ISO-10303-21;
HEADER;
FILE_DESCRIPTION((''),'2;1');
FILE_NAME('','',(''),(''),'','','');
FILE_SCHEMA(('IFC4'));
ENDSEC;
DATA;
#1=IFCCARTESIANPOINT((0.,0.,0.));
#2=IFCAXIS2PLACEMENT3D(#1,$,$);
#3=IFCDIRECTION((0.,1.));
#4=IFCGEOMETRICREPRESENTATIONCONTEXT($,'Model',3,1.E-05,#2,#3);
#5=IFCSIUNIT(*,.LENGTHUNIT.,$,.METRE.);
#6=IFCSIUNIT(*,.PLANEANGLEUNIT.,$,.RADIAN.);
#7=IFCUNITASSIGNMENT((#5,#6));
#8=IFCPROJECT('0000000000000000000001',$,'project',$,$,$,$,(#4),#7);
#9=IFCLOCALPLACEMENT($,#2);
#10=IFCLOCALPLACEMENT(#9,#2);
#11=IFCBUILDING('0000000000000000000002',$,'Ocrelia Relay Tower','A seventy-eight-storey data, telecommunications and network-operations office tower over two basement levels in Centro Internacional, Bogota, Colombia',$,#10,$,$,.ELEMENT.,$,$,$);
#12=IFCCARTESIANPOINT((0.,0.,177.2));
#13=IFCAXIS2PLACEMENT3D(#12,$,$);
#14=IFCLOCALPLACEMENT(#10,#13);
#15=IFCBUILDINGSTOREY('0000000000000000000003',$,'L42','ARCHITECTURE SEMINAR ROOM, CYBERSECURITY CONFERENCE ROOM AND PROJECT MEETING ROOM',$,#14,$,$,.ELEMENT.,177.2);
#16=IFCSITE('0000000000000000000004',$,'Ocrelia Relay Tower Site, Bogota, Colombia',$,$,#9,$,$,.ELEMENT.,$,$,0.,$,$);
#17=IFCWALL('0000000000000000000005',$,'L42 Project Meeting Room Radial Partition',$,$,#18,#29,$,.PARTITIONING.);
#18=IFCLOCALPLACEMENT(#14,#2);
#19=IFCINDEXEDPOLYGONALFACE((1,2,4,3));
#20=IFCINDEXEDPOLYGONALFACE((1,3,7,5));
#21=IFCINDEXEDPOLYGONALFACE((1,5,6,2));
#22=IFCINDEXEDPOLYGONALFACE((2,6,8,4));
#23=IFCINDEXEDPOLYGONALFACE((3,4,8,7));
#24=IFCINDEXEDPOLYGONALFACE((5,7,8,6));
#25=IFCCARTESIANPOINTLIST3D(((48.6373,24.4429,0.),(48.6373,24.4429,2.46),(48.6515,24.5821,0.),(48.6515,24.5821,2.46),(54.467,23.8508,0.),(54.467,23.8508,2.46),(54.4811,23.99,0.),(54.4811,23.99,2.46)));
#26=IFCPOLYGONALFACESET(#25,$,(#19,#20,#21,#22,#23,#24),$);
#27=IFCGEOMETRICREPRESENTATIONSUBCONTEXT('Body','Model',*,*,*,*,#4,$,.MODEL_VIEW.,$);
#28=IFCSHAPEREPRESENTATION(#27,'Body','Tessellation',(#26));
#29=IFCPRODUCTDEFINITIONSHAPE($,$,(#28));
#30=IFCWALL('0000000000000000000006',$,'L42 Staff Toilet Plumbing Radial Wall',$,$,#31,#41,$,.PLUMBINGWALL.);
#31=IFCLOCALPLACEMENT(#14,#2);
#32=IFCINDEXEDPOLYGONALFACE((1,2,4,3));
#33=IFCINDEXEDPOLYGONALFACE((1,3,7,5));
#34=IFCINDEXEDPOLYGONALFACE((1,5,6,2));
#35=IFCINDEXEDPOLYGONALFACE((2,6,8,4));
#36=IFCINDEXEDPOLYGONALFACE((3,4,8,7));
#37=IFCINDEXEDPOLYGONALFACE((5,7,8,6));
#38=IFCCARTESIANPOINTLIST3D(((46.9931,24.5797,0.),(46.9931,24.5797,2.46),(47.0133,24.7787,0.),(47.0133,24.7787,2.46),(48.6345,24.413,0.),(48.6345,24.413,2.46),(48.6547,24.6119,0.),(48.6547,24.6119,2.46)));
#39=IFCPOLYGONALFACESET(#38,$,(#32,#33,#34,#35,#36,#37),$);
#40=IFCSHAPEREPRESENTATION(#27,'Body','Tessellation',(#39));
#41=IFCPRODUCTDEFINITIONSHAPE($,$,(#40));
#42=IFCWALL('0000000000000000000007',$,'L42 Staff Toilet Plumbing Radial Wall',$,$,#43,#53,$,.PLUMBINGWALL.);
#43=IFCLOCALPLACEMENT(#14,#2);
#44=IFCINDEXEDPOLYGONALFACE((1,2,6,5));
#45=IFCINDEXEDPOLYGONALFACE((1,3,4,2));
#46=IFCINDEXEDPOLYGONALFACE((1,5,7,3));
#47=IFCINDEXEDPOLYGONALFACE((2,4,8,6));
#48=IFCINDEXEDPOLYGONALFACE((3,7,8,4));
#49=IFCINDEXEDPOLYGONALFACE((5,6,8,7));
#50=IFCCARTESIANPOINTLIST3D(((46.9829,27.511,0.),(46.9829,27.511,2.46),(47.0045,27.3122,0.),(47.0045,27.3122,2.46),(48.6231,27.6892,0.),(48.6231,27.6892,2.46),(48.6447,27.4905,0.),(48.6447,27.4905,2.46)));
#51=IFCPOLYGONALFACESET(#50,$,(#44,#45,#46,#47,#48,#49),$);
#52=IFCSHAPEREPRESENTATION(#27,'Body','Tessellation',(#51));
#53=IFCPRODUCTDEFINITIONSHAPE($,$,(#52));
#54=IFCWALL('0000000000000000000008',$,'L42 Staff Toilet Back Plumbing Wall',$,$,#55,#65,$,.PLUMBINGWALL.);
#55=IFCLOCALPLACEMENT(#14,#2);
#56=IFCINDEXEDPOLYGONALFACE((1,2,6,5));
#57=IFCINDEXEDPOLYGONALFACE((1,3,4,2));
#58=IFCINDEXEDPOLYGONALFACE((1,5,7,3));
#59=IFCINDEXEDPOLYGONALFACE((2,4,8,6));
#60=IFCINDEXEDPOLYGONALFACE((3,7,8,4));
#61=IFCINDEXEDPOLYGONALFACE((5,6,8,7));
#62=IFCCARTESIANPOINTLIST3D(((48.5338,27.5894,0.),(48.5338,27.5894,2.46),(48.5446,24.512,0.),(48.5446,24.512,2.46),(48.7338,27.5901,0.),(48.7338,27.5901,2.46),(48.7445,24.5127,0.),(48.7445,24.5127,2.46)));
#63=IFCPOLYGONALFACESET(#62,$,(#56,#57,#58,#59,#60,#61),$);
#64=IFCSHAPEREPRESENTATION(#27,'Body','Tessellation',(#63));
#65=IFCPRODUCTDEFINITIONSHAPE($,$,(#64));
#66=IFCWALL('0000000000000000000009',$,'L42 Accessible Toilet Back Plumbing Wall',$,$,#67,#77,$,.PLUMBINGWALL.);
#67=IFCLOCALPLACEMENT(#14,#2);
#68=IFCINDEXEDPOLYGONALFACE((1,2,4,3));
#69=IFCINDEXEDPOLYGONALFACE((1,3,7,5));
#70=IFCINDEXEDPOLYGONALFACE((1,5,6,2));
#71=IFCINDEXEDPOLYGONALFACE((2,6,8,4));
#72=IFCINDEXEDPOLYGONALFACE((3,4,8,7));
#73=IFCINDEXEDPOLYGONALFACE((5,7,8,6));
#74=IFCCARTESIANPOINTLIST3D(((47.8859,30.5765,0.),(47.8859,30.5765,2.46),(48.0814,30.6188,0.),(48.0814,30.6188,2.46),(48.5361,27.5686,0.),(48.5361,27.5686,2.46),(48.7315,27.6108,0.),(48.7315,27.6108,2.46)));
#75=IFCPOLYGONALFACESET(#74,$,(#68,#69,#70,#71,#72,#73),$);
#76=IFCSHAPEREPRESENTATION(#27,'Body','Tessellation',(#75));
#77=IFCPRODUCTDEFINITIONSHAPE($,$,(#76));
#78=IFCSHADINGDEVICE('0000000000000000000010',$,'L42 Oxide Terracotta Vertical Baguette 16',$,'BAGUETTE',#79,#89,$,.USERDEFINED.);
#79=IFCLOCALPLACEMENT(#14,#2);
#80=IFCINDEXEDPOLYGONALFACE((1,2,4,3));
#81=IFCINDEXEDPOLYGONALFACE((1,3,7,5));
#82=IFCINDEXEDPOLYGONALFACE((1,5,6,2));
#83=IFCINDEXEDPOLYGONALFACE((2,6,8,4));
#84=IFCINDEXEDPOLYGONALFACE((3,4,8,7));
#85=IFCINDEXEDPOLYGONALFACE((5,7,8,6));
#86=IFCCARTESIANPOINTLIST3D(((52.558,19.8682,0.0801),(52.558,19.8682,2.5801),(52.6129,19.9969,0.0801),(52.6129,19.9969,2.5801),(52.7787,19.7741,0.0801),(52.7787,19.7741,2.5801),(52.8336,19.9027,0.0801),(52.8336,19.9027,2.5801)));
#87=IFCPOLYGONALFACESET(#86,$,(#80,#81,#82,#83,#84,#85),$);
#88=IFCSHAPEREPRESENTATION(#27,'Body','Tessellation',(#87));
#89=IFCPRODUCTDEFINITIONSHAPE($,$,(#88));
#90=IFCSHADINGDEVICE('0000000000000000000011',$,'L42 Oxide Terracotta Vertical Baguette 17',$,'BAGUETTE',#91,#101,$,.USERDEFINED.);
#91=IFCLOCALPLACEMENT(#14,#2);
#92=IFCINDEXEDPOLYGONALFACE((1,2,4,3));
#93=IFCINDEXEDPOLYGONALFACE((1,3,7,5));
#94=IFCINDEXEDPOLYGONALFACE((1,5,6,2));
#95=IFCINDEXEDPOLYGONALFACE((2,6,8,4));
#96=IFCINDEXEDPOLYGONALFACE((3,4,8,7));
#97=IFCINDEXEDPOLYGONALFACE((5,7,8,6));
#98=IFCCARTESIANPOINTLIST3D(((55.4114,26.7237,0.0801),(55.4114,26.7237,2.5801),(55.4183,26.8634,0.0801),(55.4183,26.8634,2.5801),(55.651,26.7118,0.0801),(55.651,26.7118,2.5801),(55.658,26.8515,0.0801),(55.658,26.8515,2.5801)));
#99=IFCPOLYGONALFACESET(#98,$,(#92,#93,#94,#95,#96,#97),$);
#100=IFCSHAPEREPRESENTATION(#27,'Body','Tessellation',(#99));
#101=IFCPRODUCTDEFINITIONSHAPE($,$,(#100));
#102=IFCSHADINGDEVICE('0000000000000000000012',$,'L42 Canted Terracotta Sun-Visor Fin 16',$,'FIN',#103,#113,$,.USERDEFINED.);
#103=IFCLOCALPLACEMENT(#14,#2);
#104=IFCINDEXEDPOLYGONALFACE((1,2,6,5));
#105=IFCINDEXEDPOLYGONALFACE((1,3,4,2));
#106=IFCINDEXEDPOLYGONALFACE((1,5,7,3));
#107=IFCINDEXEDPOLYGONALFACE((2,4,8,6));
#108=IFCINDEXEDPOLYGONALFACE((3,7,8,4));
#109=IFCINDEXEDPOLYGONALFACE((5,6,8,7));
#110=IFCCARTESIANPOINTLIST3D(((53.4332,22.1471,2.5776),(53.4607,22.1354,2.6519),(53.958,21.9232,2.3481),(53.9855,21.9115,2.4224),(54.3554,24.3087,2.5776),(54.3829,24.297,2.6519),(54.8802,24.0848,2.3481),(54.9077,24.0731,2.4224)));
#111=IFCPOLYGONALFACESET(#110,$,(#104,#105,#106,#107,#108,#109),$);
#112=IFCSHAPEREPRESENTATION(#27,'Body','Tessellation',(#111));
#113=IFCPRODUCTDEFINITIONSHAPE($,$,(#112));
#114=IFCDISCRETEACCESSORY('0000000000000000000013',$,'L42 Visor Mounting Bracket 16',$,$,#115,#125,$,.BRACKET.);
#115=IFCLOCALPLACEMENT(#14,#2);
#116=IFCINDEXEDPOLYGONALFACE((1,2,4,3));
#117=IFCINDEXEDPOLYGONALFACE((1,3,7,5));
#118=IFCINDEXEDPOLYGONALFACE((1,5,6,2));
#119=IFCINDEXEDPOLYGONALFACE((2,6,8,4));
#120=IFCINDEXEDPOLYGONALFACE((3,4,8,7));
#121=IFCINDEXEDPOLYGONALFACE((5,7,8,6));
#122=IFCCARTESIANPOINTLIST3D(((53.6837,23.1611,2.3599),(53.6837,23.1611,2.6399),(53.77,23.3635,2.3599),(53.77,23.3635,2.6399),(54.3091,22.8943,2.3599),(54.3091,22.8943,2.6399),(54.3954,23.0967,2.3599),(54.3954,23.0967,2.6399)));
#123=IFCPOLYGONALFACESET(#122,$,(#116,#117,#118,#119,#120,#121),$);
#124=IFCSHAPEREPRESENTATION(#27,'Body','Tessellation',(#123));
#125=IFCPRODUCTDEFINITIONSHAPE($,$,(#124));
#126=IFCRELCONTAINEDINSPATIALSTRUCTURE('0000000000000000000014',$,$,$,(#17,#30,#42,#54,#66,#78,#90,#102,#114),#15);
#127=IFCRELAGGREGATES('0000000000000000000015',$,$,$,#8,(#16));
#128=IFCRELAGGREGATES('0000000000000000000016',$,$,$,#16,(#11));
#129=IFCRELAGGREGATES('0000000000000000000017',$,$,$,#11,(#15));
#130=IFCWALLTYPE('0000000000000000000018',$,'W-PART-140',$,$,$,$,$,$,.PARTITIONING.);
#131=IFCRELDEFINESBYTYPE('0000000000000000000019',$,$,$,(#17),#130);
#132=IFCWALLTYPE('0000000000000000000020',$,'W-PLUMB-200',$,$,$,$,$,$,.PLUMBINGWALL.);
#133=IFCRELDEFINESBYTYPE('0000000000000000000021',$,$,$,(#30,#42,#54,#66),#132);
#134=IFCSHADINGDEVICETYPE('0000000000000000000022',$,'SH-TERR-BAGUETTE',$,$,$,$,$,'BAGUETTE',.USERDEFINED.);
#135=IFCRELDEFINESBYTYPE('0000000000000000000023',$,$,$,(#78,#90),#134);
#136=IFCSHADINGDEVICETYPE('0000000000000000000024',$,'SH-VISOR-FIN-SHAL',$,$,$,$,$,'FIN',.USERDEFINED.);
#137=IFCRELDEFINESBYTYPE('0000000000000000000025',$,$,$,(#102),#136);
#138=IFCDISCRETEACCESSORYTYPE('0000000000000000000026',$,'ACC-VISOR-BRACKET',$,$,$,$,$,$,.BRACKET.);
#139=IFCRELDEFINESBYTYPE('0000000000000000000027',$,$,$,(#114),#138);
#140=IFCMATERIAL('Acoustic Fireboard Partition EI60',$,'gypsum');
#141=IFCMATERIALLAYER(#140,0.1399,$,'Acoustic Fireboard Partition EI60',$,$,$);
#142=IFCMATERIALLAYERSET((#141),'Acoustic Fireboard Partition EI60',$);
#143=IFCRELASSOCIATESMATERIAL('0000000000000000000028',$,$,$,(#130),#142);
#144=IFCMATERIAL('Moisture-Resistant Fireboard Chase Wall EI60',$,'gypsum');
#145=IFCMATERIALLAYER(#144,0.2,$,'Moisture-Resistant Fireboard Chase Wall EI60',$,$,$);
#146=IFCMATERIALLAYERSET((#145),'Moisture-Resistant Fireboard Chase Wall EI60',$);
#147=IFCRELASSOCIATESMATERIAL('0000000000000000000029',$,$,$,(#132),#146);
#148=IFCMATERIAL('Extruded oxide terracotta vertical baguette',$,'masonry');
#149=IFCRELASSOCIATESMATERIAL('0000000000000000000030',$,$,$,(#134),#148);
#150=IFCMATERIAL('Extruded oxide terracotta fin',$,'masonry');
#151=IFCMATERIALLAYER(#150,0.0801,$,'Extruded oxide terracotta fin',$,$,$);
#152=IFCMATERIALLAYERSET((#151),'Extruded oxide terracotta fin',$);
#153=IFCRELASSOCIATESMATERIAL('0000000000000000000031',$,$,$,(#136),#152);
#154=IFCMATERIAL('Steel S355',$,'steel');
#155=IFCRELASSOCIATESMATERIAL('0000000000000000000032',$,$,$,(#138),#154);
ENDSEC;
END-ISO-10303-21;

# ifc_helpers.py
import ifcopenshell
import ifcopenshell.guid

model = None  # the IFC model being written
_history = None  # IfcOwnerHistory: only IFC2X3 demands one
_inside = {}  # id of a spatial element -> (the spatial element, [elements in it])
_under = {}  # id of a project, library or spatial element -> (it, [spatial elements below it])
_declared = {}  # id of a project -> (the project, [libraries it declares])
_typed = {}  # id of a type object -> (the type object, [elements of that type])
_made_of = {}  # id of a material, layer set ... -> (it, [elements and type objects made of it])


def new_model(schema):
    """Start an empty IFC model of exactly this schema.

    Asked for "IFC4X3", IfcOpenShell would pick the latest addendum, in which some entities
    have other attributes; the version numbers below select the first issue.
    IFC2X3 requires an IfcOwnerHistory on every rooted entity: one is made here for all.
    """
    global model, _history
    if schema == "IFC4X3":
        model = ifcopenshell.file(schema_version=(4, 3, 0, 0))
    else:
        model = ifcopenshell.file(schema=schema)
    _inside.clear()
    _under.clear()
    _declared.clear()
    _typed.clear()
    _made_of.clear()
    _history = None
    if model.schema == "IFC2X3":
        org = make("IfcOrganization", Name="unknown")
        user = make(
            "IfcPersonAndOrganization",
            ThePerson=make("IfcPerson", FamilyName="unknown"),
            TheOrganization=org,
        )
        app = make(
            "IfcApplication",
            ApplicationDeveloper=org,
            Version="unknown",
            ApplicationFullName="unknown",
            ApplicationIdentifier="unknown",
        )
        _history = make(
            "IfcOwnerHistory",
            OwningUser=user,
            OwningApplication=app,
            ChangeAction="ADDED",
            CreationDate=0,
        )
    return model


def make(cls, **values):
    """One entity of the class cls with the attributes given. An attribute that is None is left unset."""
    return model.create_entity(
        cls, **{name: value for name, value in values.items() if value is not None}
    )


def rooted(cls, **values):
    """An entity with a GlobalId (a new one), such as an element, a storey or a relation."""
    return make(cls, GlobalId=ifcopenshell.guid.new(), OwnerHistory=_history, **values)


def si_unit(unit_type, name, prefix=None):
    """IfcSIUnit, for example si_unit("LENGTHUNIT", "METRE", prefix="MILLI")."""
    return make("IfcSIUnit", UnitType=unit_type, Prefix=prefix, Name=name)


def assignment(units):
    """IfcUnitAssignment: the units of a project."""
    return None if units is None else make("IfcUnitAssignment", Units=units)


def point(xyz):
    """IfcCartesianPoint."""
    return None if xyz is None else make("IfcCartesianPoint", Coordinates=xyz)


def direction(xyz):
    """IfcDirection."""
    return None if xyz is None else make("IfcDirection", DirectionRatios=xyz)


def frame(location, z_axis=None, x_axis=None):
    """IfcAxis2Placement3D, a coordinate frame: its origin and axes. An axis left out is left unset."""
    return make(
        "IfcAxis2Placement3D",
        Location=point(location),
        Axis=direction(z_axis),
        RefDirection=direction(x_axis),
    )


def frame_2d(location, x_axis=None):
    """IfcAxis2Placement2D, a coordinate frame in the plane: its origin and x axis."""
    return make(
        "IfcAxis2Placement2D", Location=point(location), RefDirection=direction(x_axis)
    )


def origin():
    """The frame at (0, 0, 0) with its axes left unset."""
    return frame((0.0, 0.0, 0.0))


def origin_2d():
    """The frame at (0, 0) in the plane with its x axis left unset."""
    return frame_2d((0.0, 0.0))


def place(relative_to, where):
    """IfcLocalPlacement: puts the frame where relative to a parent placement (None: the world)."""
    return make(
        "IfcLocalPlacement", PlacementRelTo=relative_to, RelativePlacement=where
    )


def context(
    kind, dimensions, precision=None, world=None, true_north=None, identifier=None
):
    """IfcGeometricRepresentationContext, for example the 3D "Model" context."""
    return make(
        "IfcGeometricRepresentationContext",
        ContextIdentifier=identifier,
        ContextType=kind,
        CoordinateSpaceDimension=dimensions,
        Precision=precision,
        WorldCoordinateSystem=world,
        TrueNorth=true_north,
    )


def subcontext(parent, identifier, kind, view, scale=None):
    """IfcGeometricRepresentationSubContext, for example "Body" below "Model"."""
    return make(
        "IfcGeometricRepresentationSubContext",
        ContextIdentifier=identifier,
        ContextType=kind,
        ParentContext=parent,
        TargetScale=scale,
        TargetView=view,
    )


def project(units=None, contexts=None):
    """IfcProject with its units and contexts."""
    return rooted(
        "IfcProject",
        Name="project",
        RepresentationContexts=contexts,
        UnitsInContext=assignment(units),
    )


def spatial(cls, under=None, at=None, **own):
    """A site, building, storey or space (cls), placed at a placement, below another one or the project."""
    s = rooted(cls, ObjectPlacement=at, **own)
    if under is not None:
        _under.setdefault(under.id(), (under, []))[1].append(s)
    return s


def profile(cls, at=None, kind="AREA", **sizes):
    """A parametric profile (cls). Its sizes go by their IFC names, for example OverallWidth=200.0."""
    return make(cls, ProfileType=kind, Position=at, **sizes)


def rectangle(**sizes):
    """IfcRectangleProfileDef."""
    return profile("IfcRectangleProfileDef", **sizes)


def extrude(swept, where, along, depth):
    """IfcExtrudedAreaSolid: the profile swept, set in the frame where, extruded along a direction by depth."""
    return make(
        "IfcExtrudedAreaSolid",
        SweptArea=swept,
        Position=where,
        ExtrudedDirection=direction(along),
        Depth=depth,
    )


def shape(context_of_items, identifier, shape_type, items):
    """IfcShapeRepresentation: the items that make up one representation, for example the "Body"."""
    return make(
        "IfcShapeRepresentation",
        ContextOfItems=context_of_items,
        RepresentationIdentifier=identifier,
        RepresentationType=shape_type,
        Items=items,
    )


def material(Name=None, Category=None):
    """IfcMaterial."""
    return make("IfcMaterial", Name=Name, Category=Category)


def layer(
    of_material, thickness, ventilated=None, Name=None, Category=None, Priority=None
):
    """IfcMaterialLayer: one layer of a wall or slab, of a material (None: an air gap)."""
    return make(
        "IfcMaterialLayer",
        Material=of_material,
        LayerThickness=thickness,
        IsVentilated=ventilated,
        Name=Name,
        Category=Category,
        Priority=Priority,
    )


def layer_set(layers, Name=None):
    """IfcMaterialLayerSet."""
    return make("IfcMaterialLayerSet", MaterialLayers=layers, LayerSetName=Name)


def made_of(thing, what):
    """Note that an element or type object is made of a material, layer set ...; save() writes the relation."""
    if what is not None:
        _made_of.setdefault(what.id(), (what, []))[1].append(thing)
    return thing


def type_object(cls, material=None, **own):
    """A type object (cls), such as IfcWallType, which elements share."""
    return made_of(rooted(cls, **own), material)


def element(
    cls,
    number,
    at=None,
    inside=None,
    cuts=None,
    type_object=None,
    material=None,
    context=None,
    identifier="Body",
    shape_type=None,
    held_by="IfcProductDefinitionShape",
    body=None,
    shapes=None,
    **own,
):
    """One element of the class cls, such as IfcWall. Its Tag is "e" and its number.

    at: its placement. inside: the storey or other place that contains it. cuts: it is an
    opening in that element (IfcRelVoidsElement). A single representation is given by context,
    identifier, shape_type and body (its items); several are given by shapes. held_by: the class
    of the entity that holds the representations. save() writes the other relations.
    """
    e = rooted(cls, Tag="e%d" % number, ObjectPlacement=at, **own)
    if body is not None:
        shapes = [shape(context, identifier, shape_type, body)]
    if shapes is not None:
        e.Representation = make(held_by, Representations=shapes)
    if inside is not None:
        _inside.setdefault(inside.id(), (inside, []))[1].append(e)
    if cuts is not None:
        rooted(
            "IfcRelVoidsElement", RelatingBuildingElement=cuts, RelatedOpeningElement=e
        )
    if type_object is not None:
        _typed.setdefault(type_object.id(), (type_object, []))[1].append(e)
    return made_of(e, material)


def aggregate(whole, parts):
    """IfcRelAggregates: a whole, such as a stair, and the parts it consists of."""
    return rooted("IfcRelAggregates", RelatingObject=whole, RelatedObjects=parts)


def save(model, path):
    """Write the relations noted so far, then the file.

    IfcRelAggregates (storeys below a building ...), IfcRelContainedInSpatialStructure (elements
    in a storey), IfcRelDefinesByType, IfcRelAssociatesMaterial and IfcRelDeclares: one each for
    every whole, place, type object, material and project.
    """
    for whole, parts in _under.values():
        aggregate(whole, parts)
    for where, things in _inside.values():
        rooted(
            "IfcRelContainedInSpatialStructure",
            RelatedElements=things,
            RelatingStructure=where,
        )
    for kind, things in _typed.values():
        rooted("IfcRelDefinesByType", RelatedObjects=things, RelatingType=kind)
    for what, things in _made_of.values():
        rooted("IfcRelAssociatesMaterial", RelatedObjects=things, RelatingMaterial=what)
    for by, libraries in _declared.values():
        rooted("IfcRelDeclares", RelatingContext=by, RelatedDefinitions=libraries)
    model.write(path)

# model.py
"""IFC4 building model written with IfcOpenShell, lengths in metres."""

from ifc_helpers import new_model, si_unit, direction, frame, frame_2d, origin, origin_2d, place, context, subcontext, project, spatial, rectangle, extrude, material, layer, layer_set, type_object, element, save


model = new_model("IFC4")

# Units and contexts
model_context = context("Model", 3, precision=1e-05, world=origin(), true_north=direction((0.0, 1.0)))
body_context = subcontext(model_context, "Body", "Model", "MODEL_VIEW")
ifc_project = project(units=[si_unit("LENGTHUNIT", "METRE"), si_unit("PLANEANGLEUNIT", "RADIAN")], contexts=[model_context])

# Site, building, storey
site_placement = place(None, origin())
site = spatial("IfcSite", under=ifc_project, at=site_placement, Name="Ocrelia Relay Tower Site, Bogota, Colombia", CompositionType="ELEMENT", RefElevation=0.0)
building_placement = place(site_placement, origin())
building = spatial("IfcBuilding", under=site, at=building_placement, Name="Ocrelia Relay Tower", Description="A seventy-eight-storey data, telecommunications and network-operations office tower over two basement levels in Centro Internacional, Bogota, Colombia", CompositionType="ELEMENT")
storey_placement = place(building_placement, frame((0.0, 0.0, 177.2)))
storey = spatial("IfcBuildingStorey", under=building, at=storey_placement, Name="L42", Description="ARCHITECTURE SEMINAR ROOM, CYBERSECURITY CONFERENCE ROOM AND PROJECT MEETING ROOM", CompositionType="ELEMENT", Elevation=177.2)

# Shared definitions
ifc_material_1 = material(Name="Steel S355", Category="steel")

# Walls
ifc_material_2 = material(Name="Acoustic Fireboard Partition EI60", Category="gypsum")
ifc_layer_1 = layer(ifc_material_2, 0.1399, Name="Acoustic Fireboard Partition EI60")
ifc_layer_set_1 = layer_set([ifc_layer_1], Name="Acoustic Fireboard Partition EI60")
wall_type_1 = type_object("IfcWallType", Name="W-PART-140", PredefinedType="PARTITIONING", material=ifc_layer_set_1)
wall_1_placement = place(storey_placement, frame((48.6445, 24.5125, 0.0), z_axis=(0.0, 0.0, 1.0), x_axis=(0.994883, -0.101038, 0.0)))
element("IfcWall", 1, at=wall_1_placement, inside=storey, type_object=wall_type_1, Name="L42 Project Meeting Room Radial Partition", PredefinedType="PARTITIONING", context=body_context, shape_type="SweptSolid", body=[
    extrude(rectangle(XDim=5.8596, YDim=0.1399, at=frame_2d((2.9297, 0.0))), origin(), (0.0, 0.0, 1.0), 2.46),
])
ifc_material_3 = material(Name="Moisture-Resistant Fireboard Chase Wall EI60", Category="gypsum")
ifc_layer_2 = layer(ifc_material_3, 0.2, Name="Moisture-Resistant Fireboard Chase Wall EI60")
ifc_layer_set_2 = layer_set([ifc_layer_2], Name="Moisture-Resistant Fireboard Chase Wall EI60")
wall_type_2 = type_object("IfcWallType", Name="W-PLUMB-200", PredefinedType="PLUMBINGWALL", material=ifc_layer_set_2)
for number, where, z_axis, x_axis, name in (
    (2, (47.0032, 24.6792, 0.0), (0.0, 0.0, 1.0), (0.994879, -0.101071, 0.0), "L42 Staff Toilet Plumbing Radial Wall"),
    (3, (46.9937, 27.4116, 0.0), (0.0, 0.0, 1.0), (0.994148, 0.108027, 0.0), "L42 Staff Toilet Plumbing Radial Wall"),
):
    element("IfcWall", number, at=place(storey_placement, frame(where, z_axis=z_axis, x_axis=x_axis)), inside=storey, type_object=wall_type_2, Name=name, PredefinedType="PLUMBINGWALL", context=body_context, shape_type="SweptSolid", body=[
        extrude(rectangle(XDim=1.6499, YDim=0.2, at=frame_2d((0.825, 0.0))), origin(), (0.0, 0.0, 1.0), 2.46),
    ])
for number, where, z_axis, x_axis, name in (
    (4, (48.6445, 24.5125, 0.0), (0.0, 0.0, 1.0), (-0.003491, 0.999994, 0.0), "L42 Staff Toilet Back Plumbing Wall"),
    (5, (48.6338, 27.5898, 0.0), (0.0, 0.0, 1.0), (-0.211273, 0.977427, 0.0), "L42 Accessible Toilet Back Plumbing Wall"),
):
    element("IfcWall", number, at=place(storey_placement, frame(where, z_axis=z_axis, x_axis=x_axis)), inside=storey, type_object=wall_type_2, Name=name, PredefinedType="PLUMBINGWALL", context=body_context, shape_type="SweptSolid", body=[
        extrude(rectangle(XDim=3.0774, YDim=0.2, at=frame_2d((1.5386, 0.0))), origin(), (0.0, 0.0, 1.0), 2.46),
    ])

# Shading devices
ifc_material_4 = material(Name="Extruded oxide terracotta vertical baguette", Category="masonry")
shading_device_type_1 = type_object("IfcShadingDeviceType", Name="SH-TERR-BAGUETTE", ElementType="BAGUETTE", PredefinedType="USERDEFINED", material=ifc_material_4)
for number, where, z_axis, x_axis, name in (
    (6, (52.6958, 19.8855, 0.0801), (0.0, 0.0, 1.0), (0.392413, 0.919789, 0.0), "L42 Oxide Terracotta Vertical Baguette 16"),
    (7, (55.5347, 26.7876, 0.0801), (0.0, 0.0, 1.0), (0.049607, 0.998769, 0.0), "L42 Oxide Terracotta Vertical Baguette 17"),
):
    element("IfcShadingDevice", number, at=place(storey_placement, frame(where, z_axis=z_axis, x_axis=x_axis)), inside=storey, type_object=shading_device_type_1, Name=name, ObjectType="BAGUETTE", PredefinedType="USERDEFINED", context=body_context, shape_type="SweptSolid", body=[
        extrude(rectangle(XDim=0.1399, YDim=0.24, at=origin_2d()), origin(), (0.0, 0.0, 1.0), 2.5),
    ])
ifc_material_5 = material(Name="Extruded oxide terracotta fin", Category="masonry")
ifc_layer_3 = layer(ifc_material_5, 0.0801, Name="Extruded oxide terracotta fin")
ifc_layer_set_3 = layer_set([ifc_layer_3], Name="Extruded oxide terracotta fin")
shading_device_type_2 = type_object("IfcShadingDeviceType", Name="SH-VISOR-FIN-SHAL", ElementType="FIN", PredefinedType="USERDEFINED", material=ifc_layer_set_3)
shading_device_placement = place(storey_placement, frame((54.1567, 23.116, 2.4629), z_axis=(0.343219, -0.146429, 0.927771), x_axis=(0.392413, 0.919789, 0.0)))
element("IfcShadingDevice", 8, at=shading_device_placement, inside=storey, type_object=shading_device_type_2, Name="L42 Canted Terracotta Sun-Visor Fin 16", ObjectType="FIN", PredefinedType="USERDEFINED", context=body_context, shape_type="SweptSolid", body=[
    extrude(rectangle(XDim=2.3501, YDim=0.615, at=origin_2d()), origin(), (0.0, 0.0, 1.0), 0.0801),
])

# Discrete accessory
discrete_accessory_type = type_object("IfcDiscreteAccessoryType", Name="ACC-VISOR-BRACKET", PredefinedType="BRACKET", material=ifc_material_1)
discrete_accessory_placement = place(storey_placement, frame((54.0396, 23.1289, 2.3599), z_axis=(0.0, 0.0, 1.0), x_axis=(0.392413, 0.919789, 0.0)))
element("IfcDiscreteAccessory", 9, at=discrete_accessory_placement, inside=storey, type_object=discrete_accessory_type, Name="L42 Visor Mounting Bracket 16", PredefinedType="BRACKET", context=body_context, shape_type="SweptSolid", body=[
    extrude(rectangle(XDim=0.22, YDim=0.6799, at=origin_2d()), origin(), (0.0, 0.0, 1.0), 0.28),
])

save(model, "model.ifc")
